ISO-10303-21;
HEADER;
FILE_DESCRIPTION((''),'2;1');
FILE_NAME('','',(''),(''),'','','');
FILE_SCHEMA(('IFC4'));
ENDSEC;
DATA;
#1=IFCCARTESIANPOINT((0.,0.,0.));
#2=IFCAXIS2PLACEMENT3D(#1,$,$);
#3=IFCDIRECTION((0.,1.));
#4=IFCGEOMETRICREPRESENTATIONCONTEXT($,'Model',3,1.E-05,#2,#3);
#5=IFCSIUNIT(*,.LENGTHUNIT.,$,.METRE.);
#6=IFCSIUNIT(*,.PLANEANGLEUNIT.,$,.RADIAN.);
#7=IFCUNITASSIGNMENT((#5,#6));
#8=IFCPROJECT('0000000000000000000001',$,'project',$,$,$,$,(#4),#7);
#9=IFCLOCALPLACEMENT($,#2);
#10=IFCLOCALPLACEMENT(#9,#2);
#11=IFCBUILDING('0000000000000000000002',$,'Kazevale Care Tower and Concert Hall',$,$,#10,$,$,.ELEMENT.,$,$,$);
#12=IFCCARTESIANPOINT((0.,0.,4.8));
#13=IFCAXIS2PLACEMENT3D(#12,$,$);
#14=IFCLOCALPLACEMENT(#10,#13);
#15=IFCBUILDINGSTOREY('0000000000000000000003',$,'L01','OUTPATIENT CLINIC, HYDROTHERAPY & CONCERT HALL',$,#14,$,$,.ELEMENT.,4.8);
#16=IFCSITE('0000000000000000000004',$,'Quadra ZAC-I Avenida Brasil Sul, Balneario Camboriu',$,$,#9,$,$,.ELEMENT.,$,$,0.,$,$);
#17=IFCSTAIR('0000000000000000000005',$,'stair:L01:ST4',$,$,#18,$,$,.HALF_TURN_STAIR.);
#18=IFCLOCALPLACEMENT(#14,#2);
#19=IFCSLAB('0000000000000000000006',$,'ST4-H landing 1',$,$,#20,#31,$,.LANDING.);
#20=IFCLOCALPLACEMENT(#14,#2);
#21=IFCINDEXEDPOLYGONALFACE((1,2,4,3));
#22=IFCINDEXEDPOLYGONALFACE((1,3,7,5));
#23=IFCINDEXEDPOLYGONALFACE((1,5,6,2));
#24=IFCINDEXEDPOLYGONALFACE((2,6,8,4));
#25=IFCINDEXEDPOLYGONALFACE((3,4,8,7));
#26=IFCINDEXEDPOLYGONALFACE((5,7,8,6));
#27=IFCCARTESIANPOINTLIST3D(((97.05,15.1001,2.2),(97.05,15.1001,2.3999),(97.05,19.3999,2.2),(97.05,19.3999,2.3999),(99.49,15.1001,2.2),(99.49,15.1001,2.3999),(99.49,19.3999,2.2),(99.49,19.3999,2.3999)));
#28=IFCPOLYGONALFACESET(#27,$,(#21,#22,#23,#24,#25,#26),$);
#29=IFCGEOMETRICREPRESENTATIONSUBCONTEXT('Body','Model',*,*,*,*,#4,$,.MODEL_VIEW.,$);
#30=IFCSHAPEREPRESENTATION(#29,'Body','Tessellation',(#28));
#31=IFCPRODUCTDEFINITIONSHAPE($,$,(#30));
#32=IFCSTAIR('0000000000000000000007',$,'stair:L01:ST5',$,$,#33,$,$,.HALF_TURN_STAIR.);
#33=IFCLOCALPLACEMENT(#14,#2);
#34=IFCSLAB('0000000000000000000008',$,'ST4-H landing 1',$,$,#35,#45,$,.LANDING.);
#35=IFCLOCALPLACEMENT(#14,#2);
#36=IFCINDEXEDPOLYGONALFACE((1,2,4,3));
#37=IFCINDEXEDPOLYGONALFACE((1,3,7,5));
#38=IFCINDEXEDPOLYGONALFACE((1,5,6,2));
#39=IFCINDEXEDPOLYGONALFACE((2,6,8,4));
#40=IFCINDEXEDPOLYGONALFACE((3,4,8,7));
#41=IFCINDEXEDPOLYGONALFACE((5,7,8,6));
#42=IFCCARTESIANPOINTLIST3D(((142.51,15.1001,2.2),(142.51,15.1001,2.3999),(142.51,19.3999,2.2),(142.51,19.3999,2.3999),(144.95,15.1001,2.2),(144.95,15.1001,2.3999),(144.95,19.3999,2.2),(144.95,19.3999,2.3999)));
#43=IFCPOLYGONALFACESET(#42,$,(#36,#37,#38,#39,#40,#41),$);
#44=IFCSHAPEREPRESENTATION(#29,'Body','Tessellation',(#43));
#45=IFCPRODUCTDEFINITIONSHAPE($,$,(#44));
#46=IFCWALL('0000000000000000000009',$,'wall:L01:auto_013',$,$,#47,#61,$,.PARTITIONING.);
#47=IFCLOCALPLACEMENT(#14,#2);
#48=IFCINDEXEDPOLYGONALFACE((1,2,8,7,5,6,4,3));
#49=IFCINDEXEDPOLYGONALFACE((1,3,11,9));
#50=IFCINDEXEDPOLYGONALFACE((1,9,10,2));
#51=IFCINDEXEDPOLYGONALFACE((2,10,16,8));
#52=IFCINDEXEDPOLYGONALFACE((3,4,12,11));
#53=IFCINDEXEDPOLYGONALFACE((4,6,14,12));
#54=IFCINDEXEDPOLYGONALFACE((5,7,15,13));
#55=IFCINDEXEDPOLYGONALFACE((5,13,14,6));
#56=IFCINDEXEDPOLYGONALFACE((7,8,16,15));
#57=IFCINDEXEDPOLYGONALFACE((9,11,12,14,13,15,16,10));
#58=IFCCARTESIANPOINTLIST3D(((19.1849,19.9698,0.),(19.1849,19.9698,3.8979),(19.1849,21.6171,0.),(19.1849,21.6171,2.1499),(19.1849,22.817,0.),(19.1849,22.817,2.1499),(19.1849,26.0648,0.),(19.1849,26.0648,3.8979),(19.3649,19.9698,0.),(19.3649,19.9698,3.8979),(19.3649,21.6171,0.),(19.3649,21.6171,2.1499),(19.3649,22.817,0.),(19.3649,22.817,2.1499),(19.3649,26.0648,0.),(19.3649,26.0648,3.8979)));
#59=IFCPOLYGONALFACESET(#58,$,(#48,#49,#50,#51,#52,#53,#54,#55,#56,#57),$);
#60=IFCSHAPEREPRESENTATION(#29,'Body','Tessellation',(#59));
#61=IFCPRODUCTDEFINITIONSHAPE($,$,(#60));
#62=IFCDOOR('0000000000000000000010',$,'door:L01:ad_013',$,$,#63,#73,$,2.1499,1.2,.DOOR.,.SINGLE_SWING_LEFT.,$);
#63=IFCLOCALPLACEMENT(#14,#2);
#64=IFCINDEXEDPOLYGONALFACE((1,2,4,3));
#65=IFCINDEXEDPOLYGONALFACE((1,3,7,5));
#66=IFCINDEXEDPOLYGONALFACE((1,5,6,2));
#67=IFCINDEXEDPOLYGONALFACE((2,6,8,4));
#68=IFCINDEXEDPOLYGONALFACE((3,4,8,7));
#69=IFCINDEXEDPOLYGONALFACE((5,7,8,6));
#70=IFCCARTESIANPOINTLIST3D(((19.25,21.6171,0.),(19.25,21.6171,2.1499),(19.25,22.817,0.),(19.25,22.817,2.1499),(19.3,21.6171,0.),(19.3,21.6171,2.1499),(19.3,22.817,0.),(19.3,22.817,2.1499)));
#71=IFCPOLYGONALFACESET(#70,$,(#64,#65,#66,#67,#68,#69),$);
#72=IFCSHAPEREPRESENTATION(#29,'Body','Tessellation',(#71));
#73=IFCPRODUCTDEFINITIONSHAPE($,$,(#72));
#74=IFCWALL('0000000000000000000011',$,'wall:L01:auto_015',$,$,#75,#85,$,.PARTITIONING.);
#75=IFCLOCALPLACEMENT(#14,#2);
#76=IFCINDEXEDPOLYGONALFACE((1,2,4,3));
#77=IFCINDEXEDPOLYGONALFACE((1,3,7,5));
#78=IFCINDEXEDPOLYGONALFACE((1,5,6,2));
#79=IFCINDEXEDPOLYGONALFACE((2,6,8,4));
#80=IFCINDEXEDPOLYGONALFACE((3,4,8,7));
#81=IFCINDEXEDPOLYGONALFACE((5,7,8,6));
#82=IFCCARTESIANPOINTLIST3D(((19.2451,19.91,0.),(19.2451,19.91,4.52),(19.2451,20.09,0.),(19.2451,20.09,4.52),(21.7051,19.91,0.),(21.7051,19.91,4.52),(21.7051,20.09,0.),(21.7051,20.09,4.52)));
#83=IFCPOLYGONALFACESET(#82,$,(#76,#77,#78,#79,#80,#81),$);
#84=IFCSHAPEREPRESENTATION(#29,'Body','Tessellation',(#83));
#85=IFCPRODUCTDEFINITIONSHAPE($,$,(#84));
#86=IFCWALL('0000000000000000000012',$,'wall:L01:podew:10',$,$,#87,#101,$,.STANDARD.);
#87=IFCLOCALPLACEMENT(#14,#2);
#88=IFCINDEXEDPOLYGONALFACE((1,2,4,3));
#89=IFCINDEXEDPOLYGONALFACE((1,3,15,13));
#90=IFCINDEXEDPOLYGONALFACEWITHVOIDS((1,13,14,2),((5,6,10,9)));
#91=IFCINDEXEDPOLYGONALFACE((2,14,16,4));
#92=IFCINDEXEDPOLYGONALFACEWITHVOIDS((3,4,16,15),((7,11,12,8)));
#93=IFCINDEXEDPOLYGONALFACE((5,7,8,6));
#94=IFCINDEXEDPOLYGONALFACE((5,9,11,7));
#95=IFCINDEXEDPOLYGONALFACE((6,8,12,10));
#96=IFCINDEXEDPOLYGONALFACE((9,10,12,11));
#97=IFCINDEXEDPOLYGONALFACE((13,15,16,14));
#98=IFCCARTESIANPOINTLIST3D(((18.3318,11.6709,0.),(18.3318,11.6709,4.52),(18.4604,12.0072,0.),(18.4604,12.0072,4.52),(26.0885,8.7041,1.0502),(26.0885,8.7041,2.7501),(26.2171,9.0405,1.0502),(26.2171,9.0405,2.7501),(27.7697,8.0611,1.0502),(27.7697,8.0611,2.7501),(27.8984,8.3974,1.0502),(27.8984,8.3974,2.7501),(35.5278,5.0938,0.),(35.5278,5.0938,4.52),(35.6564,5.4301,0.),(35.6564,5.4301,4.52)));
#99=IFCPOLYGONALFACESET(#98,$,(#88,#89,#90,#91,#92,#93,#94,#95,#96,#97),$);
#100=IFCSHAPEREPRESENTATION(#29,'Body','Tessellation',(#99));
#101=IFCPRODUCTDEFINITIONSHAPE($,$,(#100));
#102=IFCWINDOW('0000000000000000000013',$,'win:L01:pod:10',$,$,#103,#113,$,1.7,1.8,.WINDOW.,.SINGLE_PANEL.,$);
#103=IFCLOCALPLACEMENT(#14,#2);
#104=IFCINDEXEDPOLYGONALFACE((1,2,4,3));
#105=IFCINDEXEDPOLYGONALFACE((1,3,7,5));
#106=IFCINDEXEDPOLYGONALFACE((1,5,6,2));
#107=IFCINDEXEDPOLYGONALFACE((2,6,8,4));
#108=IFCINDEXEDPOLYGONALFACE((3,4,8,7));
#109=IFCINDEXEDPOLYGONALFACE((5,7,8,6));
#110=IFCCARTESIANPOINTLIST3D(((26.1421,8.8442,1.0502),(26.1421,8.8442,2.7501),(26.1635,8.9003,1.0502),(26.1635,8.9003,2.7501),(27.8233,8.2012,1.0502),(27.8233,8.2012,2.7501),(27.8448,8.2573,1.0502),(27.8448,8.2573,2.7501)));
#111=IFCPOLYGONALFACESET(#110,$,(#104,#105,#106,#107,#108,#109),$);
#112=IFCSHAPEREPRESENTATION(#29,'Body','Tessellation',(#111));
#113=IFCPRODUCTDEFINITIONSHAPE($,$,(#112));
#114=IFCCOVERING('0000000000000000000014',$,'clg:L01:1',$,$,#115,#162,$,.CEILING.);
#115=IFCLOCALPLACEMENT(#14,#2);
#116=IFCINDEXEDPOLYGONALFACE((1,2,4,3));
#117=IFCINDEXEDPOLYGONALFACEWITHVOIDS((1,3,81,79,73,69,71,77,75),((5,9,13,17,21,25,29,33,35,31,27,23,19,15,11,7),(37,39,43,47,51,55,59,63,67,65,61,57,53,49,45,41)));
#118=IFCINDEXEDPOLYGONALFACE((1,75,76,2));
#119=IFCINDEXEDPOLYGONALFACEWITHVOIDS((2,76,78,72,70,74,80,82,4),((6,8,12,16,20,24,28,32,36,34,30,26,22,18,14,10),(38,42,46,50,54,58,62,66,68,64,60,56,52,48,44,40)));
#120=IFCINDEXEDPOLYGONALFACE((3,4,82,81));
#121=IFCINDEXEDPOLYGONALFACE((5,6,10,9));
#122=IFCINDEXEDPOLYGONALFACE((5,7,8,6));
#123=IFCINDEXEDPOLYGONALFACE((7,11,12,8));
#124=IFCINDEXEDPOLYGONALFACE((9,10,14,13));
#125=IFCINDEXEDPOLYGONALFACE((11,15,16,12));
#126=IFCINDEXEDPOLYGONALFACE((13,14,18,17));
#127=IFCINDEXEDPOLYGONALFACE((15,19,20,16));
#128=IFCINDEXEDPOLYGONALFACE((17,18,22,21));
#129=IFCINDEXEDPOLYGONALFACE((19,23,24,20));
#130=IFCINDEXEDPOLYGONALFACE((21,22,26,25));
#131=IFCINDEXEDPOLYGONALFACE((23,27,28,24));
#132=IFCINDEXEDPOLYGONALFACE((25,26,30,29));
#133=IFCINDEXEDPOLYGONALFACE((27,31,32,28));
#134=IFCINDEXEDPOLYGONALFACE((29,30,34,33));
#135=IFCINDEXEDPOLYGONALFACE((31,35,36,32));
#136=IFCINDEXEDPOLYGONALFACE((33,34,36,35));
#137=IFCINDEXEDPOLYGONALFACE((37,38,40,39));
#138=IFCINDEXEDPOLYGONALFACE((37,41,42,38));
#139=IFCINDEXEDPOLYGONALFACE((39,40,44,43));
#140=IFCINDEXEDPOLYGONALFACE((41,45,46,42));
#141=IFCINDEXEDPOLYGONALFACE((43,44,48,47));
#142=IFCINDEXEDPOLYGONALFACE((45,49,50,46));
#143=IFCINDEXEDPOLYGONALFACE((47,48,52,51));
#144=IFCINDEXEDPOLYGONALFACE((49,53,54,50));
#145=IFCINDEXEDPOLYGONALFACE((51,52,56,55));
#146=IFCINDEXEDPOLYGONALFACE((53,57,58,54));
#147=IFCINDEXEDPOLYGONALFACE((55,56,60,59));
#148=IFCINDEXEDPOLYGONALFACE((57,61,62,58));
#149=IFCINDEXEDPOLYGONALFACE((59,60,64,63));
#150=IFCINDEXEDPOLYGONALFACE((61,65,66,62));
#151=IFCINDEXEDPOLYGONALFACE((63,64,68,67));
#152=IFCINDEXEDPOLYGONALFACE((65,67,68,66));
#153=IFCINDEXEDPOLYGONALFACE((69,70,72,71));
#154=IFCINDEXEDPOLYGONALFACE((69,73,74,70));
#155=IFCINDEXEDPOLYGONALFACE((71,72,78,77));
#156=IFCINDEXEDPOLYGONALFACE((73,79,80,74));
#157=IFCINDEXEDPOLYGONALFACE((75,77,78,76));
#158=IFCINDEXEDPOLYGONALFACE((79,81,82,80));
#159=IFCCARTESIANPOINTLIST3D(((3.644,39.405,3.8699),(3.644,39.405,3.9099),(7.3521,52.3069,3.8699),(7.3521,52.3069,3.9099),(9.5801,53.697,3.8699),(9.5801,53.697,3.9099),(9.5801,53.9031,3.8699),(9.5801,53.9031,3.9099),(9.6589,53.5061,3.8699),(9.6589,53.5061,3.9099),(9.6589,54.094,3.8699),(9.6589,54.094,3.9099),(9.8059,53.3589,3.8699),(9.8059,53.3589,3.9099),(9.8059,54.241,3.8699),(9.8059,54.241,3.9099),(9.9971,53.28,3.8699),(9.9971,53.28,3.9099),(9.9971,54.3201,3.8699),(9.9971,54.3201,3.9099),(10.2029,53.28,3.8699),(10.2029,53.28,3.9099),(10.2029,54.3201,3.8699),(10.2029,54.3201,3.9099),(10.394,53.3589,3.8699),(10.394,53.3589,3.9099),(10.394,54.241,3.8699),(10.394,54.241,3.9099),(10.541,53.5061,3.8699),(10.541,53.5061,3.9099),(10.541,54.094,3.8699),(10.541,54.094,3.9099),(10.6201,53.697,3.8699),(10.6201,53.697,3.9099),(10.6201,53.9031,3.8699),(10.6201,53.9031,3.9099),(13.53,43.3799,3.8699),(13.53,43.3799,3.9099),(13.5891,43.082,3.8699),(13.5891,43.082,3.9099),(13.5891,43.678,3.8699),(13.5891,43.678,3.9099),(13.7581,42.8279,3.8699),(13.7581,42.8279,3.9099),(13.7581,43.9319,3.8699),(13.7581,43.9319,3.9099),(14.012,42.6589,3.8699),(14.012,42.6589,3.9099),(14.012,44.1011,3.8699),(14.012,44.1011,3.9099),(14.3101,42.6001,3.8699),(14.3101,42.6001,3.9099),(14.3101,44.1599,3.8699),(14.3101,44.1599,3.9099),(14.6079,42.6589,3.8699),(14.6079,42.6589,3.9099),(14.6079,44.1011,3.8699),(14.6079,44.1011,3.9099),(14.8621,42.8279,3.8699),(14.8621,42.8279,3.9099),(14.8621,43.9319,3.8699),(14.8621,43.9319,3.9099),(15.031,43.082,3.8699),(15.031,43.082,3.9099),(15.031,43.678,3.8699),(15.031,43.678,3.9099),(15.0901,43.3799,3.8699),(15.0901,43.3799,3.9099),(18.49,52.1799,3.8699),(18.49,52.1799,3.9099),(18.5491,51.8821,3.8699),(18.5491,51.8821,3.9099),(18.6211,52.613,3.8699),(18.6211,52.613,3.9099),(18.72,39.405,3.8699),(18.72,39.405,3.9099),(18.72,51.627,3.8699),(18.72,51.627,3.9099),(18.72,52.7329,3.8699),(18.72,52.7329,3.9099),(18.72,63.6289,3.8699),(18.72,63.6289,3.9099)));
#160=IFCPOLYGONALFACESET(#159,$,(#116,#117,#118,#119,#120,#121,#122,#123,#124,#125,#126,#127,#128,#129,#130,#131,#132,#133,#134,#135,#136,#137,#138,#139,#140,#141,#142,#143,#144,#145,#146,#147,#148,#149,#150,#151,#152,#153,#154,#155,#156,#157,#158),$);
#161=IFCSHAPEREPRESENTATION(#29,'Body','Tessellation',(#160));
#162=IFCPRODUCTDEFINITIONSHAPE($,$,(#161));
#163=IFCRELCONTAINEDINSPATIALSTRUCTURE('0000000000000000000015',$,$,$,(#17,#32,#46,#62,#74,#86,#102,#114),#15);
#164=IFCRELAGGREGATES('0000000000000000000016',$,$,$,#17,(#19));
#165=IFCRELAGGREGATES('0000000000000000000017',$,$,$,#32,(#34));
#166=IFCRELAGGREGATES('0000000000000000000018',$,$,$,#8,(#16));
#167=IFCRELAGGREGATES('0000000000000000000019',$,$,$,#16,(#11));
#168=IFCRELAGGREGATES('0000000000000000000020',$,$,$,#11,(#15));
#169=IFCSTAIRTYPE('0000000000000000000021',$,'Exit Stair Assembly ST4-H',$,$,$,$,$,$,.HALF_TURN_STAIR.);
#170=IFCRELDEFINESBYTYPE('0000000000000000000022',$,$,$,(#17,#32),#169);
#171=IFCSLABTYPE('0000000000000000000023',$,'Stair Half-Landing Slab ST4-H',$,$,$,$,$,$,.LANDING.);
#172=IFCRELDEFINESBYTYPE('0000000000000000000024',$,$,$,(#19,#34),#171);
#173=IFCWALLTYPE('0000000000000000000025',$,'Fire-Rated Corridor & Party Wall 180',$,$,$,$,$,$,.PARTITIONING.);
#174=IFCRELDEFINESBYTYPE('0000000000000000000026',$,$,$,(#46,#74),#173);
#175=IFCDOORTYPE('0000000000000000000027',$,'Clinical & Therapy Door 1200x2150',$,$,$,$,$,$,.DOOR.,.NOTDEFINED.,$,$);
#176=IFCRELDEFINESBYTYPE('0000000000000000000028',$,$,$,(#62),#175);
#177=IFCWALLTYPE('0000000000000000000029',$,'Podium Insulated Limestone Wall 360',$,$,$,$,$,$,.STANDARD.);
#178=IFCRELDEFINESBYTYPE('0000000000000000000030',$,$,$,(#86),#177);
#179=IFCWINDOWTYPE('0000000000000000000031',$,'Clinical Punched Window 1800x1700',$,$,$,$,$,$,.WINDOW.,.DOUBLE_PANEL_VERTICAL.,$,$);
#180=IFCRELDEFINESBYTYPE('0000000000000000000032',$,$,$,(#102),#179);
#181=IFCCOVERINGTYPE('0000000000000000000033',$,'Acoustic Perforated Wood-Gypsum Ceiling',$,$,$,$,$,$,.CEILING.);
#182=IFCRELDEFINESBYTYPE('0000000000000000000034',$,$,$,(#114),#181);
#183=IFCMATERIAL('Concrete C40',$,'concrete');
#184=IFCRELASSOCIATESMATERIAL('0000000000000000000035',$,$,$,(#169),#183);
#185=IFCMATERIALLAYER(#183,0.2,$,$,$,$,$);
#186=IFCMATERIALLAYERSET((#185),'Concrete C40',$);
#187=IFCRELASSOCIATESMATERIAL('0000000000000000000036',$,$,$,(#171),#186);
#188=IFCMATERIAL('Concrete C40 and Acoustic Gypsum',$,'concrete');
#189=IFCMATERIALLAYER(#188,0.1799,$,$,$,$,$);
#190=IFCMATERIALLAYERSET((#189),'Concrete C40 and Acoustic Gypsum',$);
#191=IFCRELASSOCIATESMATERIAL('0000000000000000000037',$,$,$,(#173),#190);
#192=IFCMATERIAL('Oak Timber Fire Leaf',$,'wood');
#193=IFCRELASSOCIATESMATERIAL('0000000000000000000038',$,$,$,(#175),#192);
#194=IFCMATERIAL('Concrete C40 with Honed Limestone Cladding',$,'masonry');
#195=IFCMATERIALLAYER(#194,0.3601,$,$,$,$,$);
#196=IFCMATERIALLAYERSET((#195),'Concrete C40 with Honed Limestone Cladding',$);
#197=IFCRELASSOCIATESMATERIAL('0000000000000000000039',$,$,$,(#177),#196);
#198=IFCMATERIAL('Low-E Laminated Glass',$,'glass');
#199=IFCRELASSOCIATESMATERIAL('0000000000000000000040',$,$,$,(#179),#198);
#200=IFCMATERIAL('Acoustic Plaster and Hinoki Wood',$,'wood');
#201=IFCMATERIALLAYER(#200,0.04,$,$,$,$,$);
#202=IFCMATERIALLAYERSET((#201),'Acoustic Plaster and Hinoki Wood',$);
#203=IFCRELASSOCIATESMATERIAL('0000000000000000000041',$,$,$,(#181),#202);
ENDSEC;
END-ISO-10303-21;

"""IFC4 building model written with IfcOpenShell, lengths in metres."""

from ifc_helpers import new_model, si_unit, direction, frame, frame_2d, origin, place, context, subcontext, project, spatial, polyline, rectangle, outline, extrude, material, layer, layer_set, type_object, element, fill, aggregate, save


model = new_model("IFC4")

# Units and contexts
model_context = context("Model", 3, precision=1e-05, world=origin(), true_north=direction((0.0, 1.0)))
body_context = subcontext(model_context, "Body", "Model", "MODEL_VIEW")
ifc_project = project(units=[si_unit("LENGTHUNIT", "METRE"), si_unit("PLANEANGLEUNIT", "RADIAN")], contexts=[model_context])

# Site, building, storey
site_placement = place(None, origin())
site = spatial("IfcSite", under=ifc_project, at=site_placement, Name="Quadra ZAC-I Avenida Brasil Sul, Balneario Camboriu", CompositionType="ELEMENT", RefElevation=0.0)
building_placement = place(site_placement, origin())
building = spatial("IfcBuilding", under=site, at=building_placement, Name="Kazevale Care Tower and Concert Hall", CompositionType="ELEMENT")
storey_placement = place(building_placement, frame((0.0, 0.0, 4.8)))
storey = spatial("IfcBuildingStorey", under=building, at=storey_placement, Name="L01", Description="OUTPATIENT CLINIC, HYDROTHERAPY & CONCERT HALL", CompositionType="ELEMENT", Elevation=4.8)

# Shared definitions
ifc_material_1 = material(Name="Low-E Laminated Glass", Category="glass")

# Shared definitions
ifc_material_2 = material(Name="Concrete C40", Category="concrete")

# Stairs, slabs
stair_type_1 = type_object("IfcStairType", Name="Exit Stair Assembly ST4-H", PredefinedType="HALF_TURN_STAIR", material=ifc_material_2)
stair_1_placement = place(storey_placement, origin())
stair_1 = element("IfcStair", 1, at=stair_1_placement, inside=storey, type_object=stair_type_1, Name="stair:L01:ST4", PredefinedType="HALF_TURN_STAIR")
ifc_layer_1 = layer(ifc_material_2, 0.2)
ifc_layer_set_1 = layer_set([ifc_layer_1], Name="Concrete C40")
slab_type_1 = type_object("IfcSlabType", Name="Stair Half-Landing Slab ST4-H", PredefinedType="LANDING", material=ifc_layer_set_1)
slab_1_placement = place(storey_placement, frame((0.0, 0.0, 2.2)))
slab_1 = element("IfcSlab", 2, at=slab_1_placement, type_object=slab_type_1, Name="ST4-H landing 1", PredefinedType="LANDING", context=body_context, shape_type="SweptSolid", body=[
    extrude(outline(polyline([(97.05, 15.1001), (99.49, 15.1001), (99.49, 19.3999), (97.05, 19.3999), (97.05, 15.1001)])), origin(), (0.0, 0.0, 1.0), 0.2),
])
aggregate(stair_1, [slab_1])
stair_2_placement = place(storey_placement, origin())
stair_2 = element("IfcStair", 3, at=stair_2_placement, inside=storey, type_object=stair_type_1, Name="stair:L01:ST5", PredefinedType="HALF_TURN_STAIR")
slab_2_placement = place(storey_placement, frame((0.0, 0.0, 2.2)))
slab_2 = element("IfcSlab", 4, at=slab_2_placement, type_object=slab_type_1, Name="ST4-H landing 1", PredefinedType="LANDING", context=body_context, shape_type="SweptSolid", body=[
    extrude(outline(polyline([(142.51, 15.1001), (144.95, 15.1001), (144.95, 19.3999), (142.51, 19.3999), (142.51, 15.1001)])), origin(), (0.0, 0.0, 1.0), 0.2),
])
aggregate(stair_2, [slab_2])

# Wall, opening, door
ifc_material_3 = material(Name="Concrete C40 and Acoustic Gypsum", Category="concrete")
ifc_layer_2 = layer(ifc_material_3, 0.1799)
ifc_layer_set_2 = layer_set([ifc_layer_2], Name="Concrete C40 and Acoustic Gypsum")
wall_type_1 = type_object("IfcWallType", Name="Fire-Rated Corridor & Party Wall 180", PredefinedType="PARTITIONING", material=ifc_layer_set_2)
wall_1_placement = place(storey_placement, frame((19.2749, 19.97, 0.0), z_axis=(0.0, 0.0, 1.0), x_axis=(0.0, 1.0, 0.0)))
wall_1 = element("IfcWall", 5, at=wall_1_placement, inside=storey, type_object=wall_type_1, Name="wall:L01:auto_013", PredefinedType="PARTITIONING", context=body_context, shape_type="SweptSolid", body=[
    extrude(rectangle(XDim=6.095, YDim=0.1799, at=frame_2d((3.0474, 0.0))), origin(), (0.0, 0.0, 1.0), 3.8979),
])
opening_1_placement = place(wall_1_placement, frame((1.647, 0.0, 0.0)))
opening_1 = element("IfcOpeningElement", 6, at=opening_1_placement, cuts=wall_1, PredefinedType="OPENING", context=body_context, shape_type="SweptSolid", body=[
    extrude(rectangle(XDim=1.2, YDim=2.1499, at=frame_2d((0.6001, 1.075))), frame((0.0, 0.0999, 0.0), z_axis=(0.0, -1.0, 0.0), x_axis=(1.0, 0.0, 0.0)), (0.0, 0.0, 1.0), 0.2),
])
ifc_material_4 = material(Name="Oak Timber Fire Leaf", Category="wood")
door_type = type_object("IfcDoorType", Name="Clinical & Therapy Door 1200x2150", OperationType="NOTDEFINED", PredefinedType="DOOR", material=ifc_material_4)
door_placement = place(opening_1_placement, origin())
door = element("IfcDoor", 7, at=door_placement, inside=storey, type_object=door_type, Name="door:L01:ad_013", OperationType="SINGLE_SWING_LEFT", OverallHeight=2.1499, OverallWidth=1.2, PredefinedType="DOOR", context=body_context, shape_type="SweptSolid", body=[
    extrude(rectangle(XDim=1.2, YDim=2.1499, at=frame_2d((0.6001, 1.075))), frame((0.0, 0.0249, 0.0), z_axis=(0.0, -1.0, 0.0), x_axis=(1.0, 0.0, 0.0)), (0.0, 0.0, 1.0), 0.05),
])
fill(opening_1, door)

# Wall
wall_2_placement = place(storey_placement, frame((21.7051, 20.0, 0.0), z_axis=(0.0, 0.0, 1.0), x_axis=(-1.0, 0.0, 0.0)))
element("IfcWall", 8, at=wall_2_placement, inside=storey, type_object=wall_type_1, Name="wall:L01:auto_015", PredefinedType="PARTITIONING", context=body_context, shape_type="SweptSolid", body=[
    extrude(rectangle(XDim=2.46, YDim=0.1799, at=frame_2d((1.23, 0.0))), origin(), (0.0, 0.0, 1.0), 4.52),
])

# Wall, opening, window
ifc_material_5 = material(Name="Concrete C40 with Honed Limestone Cladding", Category="masonry")
ifc_layer_3 = layer(ifc_material_5, 0.3601)
ifc_layer_set_3 = layer_set([ifc_layer_3], Name="Concrete C40 with Honed Limestone Cladding")
wall_type_2 = type_object("IfcWallType", Name="Podium Insulated Limestone Wall 360", PredefinedType="STANDARD", material=ifc_layer_set_3)
wall_3_placement = place(storey_placement, frame((18.396, 11.8391, 0.0), z_axis=(0.0, 0.0, 1.0), x_axis=(0.934012, -0.357241, 0.0)))
wall_3 = element("IfcWall", 9, at=wall_3_placement, inside=storey, type_object=wall_type_2, Name="wall:L01:podew:10", PredefinedType="STANDARD", context=body_context, shape_type="SweptSolid", body=[
    extrude(rectangle(XDim=18.4109, YDim=0.3601, at=frame_2d((9.2056, 0.0))), origin(), (0.0, 0.0, 1.0), 4.52),
])
opening_2_placement = place(wall_3_placement, frame((8.3049, 0.0, 1.05)))
opening_2 = element("IfcOpeningElement", 10, at=opening_2_placement, cuts=wall_3, PredefinedType="OPENING", context=body_context, shape_type="SweptSolid", body=[
    extrude(rectangle(XDim=1.8, YDim=1.7, at=frame_2d((0.8999, 0.8501))), frame((0.0, 0.1899, 0.0), z_axis=(0.0, -1.0, 0.0), x_axis=(1.0, 0.0, 0.0)), (0.0, 0.0, 1.0), 0.3801),
])
window_type = type_object("IfcWindowType", Name="Clinical Punched Window 1800x1700", PartitioningType="DOUBLE_PANEL_VERTICAL", PredefinedType="WINDOW", material=ifc_material_1)
window_placement = place(opening_2_placement, origin())
window = element("IfcWindow", 11, at=window_placement, inside=storey, type_object=window_type, Name="win:L01:pod:10", OverallHeight=1.7, OverallWidth=1.8, PartitioningType="SINGLE_PANEL", PredefinedType="WINDOW", context=body_context, shape_type="SweptSolid", body=[
    extrude(rectangle(XDim=1.8, YDim=1.7, at=frame_2d((0.8999, 0.8501))), frame((0.0, 0.03, 0.0), z_axis=(0.0, -1.0, 0.0), x_axis=(1.0, 0.0, 0.0)), (0.0, 0.0, 1.0), 0.0601),
])
fill(opening_2, window)

# Covering
ifc_material_6 = material(Name="Acoustic Plaster and Hinoki Wood", Category="wood")
ifc_layer_4 = layer(ifc_material_6, 0.04)
ifc_layer_set_4 = layer_set([ifc_layer_4], Name="Acoustic Plaster and Hinoki Wood")
covering_type_1 = type_object("IfcCoveringType", Name="Acoustic Perforated Wood-Gypsum Ceiling", PredefinedType="CEILING", material=ifc_layer_set_4)
covering_1_placement = place(storey_placement, frame((0.0, 0.0, 3.8699)))
element("IfcCovering", 12, at=covering_1_placement, inside=storey, type_object=covering_type_1, Name="clg:L01:1", PredefinedType="CEILING", context=body_context, shape_type="SweptSolid", body=[
    extrude(outline(polyline([(18.6211, 52.613), (18.49, 52.1799), (18.5491, 51.8821), (18.72, 51.627), (18.72, 39.405), (3.644, 39.405), (7.3521, 52.3069), (18.72, 63.6289), (18.72, 52.7329), (18.6211, 52.613)]), holes=[polyline([(15.031, 43.678), (14.8621, 43.9319), (14.6079, 44.1011), (14.3101, 44.1599), (14.012, 44.1011), (13.7581, 43.9319), (13.5891, 43.678), (13.53, 43.3799), (13.5891, 43.082), (13.7581, 42.8279), (14.012, 42.6589), (14.3101, 42.6001), (14.6079, 42.6589), (14.8621, 42.8279), (15.031, 43.082), (15.0901, 43.3799), (15.031, 43.678)]), polyline([(10.6201, 53.9031), (10.541, 54.094), (10.394, 54.241), (10.2029, 54.3201), (9.9971, 54.3201), (9.8059, 54.241), (9.6589, 54.094), (9.5801, 53.9031), (9.5801, 53.697), (9.6589, 53.5061), (9.8059, 53.3589), (9.9971, 53.28), (10.2029, 53.28), (10.394, 53.3589), (10.541, 53.5061), (10.6201, 53.697), (10.6201, 53.9031)])]), origin(), (0.0, 0.0, 1.0), 0.04),
])

save(model, "model.ifc")
